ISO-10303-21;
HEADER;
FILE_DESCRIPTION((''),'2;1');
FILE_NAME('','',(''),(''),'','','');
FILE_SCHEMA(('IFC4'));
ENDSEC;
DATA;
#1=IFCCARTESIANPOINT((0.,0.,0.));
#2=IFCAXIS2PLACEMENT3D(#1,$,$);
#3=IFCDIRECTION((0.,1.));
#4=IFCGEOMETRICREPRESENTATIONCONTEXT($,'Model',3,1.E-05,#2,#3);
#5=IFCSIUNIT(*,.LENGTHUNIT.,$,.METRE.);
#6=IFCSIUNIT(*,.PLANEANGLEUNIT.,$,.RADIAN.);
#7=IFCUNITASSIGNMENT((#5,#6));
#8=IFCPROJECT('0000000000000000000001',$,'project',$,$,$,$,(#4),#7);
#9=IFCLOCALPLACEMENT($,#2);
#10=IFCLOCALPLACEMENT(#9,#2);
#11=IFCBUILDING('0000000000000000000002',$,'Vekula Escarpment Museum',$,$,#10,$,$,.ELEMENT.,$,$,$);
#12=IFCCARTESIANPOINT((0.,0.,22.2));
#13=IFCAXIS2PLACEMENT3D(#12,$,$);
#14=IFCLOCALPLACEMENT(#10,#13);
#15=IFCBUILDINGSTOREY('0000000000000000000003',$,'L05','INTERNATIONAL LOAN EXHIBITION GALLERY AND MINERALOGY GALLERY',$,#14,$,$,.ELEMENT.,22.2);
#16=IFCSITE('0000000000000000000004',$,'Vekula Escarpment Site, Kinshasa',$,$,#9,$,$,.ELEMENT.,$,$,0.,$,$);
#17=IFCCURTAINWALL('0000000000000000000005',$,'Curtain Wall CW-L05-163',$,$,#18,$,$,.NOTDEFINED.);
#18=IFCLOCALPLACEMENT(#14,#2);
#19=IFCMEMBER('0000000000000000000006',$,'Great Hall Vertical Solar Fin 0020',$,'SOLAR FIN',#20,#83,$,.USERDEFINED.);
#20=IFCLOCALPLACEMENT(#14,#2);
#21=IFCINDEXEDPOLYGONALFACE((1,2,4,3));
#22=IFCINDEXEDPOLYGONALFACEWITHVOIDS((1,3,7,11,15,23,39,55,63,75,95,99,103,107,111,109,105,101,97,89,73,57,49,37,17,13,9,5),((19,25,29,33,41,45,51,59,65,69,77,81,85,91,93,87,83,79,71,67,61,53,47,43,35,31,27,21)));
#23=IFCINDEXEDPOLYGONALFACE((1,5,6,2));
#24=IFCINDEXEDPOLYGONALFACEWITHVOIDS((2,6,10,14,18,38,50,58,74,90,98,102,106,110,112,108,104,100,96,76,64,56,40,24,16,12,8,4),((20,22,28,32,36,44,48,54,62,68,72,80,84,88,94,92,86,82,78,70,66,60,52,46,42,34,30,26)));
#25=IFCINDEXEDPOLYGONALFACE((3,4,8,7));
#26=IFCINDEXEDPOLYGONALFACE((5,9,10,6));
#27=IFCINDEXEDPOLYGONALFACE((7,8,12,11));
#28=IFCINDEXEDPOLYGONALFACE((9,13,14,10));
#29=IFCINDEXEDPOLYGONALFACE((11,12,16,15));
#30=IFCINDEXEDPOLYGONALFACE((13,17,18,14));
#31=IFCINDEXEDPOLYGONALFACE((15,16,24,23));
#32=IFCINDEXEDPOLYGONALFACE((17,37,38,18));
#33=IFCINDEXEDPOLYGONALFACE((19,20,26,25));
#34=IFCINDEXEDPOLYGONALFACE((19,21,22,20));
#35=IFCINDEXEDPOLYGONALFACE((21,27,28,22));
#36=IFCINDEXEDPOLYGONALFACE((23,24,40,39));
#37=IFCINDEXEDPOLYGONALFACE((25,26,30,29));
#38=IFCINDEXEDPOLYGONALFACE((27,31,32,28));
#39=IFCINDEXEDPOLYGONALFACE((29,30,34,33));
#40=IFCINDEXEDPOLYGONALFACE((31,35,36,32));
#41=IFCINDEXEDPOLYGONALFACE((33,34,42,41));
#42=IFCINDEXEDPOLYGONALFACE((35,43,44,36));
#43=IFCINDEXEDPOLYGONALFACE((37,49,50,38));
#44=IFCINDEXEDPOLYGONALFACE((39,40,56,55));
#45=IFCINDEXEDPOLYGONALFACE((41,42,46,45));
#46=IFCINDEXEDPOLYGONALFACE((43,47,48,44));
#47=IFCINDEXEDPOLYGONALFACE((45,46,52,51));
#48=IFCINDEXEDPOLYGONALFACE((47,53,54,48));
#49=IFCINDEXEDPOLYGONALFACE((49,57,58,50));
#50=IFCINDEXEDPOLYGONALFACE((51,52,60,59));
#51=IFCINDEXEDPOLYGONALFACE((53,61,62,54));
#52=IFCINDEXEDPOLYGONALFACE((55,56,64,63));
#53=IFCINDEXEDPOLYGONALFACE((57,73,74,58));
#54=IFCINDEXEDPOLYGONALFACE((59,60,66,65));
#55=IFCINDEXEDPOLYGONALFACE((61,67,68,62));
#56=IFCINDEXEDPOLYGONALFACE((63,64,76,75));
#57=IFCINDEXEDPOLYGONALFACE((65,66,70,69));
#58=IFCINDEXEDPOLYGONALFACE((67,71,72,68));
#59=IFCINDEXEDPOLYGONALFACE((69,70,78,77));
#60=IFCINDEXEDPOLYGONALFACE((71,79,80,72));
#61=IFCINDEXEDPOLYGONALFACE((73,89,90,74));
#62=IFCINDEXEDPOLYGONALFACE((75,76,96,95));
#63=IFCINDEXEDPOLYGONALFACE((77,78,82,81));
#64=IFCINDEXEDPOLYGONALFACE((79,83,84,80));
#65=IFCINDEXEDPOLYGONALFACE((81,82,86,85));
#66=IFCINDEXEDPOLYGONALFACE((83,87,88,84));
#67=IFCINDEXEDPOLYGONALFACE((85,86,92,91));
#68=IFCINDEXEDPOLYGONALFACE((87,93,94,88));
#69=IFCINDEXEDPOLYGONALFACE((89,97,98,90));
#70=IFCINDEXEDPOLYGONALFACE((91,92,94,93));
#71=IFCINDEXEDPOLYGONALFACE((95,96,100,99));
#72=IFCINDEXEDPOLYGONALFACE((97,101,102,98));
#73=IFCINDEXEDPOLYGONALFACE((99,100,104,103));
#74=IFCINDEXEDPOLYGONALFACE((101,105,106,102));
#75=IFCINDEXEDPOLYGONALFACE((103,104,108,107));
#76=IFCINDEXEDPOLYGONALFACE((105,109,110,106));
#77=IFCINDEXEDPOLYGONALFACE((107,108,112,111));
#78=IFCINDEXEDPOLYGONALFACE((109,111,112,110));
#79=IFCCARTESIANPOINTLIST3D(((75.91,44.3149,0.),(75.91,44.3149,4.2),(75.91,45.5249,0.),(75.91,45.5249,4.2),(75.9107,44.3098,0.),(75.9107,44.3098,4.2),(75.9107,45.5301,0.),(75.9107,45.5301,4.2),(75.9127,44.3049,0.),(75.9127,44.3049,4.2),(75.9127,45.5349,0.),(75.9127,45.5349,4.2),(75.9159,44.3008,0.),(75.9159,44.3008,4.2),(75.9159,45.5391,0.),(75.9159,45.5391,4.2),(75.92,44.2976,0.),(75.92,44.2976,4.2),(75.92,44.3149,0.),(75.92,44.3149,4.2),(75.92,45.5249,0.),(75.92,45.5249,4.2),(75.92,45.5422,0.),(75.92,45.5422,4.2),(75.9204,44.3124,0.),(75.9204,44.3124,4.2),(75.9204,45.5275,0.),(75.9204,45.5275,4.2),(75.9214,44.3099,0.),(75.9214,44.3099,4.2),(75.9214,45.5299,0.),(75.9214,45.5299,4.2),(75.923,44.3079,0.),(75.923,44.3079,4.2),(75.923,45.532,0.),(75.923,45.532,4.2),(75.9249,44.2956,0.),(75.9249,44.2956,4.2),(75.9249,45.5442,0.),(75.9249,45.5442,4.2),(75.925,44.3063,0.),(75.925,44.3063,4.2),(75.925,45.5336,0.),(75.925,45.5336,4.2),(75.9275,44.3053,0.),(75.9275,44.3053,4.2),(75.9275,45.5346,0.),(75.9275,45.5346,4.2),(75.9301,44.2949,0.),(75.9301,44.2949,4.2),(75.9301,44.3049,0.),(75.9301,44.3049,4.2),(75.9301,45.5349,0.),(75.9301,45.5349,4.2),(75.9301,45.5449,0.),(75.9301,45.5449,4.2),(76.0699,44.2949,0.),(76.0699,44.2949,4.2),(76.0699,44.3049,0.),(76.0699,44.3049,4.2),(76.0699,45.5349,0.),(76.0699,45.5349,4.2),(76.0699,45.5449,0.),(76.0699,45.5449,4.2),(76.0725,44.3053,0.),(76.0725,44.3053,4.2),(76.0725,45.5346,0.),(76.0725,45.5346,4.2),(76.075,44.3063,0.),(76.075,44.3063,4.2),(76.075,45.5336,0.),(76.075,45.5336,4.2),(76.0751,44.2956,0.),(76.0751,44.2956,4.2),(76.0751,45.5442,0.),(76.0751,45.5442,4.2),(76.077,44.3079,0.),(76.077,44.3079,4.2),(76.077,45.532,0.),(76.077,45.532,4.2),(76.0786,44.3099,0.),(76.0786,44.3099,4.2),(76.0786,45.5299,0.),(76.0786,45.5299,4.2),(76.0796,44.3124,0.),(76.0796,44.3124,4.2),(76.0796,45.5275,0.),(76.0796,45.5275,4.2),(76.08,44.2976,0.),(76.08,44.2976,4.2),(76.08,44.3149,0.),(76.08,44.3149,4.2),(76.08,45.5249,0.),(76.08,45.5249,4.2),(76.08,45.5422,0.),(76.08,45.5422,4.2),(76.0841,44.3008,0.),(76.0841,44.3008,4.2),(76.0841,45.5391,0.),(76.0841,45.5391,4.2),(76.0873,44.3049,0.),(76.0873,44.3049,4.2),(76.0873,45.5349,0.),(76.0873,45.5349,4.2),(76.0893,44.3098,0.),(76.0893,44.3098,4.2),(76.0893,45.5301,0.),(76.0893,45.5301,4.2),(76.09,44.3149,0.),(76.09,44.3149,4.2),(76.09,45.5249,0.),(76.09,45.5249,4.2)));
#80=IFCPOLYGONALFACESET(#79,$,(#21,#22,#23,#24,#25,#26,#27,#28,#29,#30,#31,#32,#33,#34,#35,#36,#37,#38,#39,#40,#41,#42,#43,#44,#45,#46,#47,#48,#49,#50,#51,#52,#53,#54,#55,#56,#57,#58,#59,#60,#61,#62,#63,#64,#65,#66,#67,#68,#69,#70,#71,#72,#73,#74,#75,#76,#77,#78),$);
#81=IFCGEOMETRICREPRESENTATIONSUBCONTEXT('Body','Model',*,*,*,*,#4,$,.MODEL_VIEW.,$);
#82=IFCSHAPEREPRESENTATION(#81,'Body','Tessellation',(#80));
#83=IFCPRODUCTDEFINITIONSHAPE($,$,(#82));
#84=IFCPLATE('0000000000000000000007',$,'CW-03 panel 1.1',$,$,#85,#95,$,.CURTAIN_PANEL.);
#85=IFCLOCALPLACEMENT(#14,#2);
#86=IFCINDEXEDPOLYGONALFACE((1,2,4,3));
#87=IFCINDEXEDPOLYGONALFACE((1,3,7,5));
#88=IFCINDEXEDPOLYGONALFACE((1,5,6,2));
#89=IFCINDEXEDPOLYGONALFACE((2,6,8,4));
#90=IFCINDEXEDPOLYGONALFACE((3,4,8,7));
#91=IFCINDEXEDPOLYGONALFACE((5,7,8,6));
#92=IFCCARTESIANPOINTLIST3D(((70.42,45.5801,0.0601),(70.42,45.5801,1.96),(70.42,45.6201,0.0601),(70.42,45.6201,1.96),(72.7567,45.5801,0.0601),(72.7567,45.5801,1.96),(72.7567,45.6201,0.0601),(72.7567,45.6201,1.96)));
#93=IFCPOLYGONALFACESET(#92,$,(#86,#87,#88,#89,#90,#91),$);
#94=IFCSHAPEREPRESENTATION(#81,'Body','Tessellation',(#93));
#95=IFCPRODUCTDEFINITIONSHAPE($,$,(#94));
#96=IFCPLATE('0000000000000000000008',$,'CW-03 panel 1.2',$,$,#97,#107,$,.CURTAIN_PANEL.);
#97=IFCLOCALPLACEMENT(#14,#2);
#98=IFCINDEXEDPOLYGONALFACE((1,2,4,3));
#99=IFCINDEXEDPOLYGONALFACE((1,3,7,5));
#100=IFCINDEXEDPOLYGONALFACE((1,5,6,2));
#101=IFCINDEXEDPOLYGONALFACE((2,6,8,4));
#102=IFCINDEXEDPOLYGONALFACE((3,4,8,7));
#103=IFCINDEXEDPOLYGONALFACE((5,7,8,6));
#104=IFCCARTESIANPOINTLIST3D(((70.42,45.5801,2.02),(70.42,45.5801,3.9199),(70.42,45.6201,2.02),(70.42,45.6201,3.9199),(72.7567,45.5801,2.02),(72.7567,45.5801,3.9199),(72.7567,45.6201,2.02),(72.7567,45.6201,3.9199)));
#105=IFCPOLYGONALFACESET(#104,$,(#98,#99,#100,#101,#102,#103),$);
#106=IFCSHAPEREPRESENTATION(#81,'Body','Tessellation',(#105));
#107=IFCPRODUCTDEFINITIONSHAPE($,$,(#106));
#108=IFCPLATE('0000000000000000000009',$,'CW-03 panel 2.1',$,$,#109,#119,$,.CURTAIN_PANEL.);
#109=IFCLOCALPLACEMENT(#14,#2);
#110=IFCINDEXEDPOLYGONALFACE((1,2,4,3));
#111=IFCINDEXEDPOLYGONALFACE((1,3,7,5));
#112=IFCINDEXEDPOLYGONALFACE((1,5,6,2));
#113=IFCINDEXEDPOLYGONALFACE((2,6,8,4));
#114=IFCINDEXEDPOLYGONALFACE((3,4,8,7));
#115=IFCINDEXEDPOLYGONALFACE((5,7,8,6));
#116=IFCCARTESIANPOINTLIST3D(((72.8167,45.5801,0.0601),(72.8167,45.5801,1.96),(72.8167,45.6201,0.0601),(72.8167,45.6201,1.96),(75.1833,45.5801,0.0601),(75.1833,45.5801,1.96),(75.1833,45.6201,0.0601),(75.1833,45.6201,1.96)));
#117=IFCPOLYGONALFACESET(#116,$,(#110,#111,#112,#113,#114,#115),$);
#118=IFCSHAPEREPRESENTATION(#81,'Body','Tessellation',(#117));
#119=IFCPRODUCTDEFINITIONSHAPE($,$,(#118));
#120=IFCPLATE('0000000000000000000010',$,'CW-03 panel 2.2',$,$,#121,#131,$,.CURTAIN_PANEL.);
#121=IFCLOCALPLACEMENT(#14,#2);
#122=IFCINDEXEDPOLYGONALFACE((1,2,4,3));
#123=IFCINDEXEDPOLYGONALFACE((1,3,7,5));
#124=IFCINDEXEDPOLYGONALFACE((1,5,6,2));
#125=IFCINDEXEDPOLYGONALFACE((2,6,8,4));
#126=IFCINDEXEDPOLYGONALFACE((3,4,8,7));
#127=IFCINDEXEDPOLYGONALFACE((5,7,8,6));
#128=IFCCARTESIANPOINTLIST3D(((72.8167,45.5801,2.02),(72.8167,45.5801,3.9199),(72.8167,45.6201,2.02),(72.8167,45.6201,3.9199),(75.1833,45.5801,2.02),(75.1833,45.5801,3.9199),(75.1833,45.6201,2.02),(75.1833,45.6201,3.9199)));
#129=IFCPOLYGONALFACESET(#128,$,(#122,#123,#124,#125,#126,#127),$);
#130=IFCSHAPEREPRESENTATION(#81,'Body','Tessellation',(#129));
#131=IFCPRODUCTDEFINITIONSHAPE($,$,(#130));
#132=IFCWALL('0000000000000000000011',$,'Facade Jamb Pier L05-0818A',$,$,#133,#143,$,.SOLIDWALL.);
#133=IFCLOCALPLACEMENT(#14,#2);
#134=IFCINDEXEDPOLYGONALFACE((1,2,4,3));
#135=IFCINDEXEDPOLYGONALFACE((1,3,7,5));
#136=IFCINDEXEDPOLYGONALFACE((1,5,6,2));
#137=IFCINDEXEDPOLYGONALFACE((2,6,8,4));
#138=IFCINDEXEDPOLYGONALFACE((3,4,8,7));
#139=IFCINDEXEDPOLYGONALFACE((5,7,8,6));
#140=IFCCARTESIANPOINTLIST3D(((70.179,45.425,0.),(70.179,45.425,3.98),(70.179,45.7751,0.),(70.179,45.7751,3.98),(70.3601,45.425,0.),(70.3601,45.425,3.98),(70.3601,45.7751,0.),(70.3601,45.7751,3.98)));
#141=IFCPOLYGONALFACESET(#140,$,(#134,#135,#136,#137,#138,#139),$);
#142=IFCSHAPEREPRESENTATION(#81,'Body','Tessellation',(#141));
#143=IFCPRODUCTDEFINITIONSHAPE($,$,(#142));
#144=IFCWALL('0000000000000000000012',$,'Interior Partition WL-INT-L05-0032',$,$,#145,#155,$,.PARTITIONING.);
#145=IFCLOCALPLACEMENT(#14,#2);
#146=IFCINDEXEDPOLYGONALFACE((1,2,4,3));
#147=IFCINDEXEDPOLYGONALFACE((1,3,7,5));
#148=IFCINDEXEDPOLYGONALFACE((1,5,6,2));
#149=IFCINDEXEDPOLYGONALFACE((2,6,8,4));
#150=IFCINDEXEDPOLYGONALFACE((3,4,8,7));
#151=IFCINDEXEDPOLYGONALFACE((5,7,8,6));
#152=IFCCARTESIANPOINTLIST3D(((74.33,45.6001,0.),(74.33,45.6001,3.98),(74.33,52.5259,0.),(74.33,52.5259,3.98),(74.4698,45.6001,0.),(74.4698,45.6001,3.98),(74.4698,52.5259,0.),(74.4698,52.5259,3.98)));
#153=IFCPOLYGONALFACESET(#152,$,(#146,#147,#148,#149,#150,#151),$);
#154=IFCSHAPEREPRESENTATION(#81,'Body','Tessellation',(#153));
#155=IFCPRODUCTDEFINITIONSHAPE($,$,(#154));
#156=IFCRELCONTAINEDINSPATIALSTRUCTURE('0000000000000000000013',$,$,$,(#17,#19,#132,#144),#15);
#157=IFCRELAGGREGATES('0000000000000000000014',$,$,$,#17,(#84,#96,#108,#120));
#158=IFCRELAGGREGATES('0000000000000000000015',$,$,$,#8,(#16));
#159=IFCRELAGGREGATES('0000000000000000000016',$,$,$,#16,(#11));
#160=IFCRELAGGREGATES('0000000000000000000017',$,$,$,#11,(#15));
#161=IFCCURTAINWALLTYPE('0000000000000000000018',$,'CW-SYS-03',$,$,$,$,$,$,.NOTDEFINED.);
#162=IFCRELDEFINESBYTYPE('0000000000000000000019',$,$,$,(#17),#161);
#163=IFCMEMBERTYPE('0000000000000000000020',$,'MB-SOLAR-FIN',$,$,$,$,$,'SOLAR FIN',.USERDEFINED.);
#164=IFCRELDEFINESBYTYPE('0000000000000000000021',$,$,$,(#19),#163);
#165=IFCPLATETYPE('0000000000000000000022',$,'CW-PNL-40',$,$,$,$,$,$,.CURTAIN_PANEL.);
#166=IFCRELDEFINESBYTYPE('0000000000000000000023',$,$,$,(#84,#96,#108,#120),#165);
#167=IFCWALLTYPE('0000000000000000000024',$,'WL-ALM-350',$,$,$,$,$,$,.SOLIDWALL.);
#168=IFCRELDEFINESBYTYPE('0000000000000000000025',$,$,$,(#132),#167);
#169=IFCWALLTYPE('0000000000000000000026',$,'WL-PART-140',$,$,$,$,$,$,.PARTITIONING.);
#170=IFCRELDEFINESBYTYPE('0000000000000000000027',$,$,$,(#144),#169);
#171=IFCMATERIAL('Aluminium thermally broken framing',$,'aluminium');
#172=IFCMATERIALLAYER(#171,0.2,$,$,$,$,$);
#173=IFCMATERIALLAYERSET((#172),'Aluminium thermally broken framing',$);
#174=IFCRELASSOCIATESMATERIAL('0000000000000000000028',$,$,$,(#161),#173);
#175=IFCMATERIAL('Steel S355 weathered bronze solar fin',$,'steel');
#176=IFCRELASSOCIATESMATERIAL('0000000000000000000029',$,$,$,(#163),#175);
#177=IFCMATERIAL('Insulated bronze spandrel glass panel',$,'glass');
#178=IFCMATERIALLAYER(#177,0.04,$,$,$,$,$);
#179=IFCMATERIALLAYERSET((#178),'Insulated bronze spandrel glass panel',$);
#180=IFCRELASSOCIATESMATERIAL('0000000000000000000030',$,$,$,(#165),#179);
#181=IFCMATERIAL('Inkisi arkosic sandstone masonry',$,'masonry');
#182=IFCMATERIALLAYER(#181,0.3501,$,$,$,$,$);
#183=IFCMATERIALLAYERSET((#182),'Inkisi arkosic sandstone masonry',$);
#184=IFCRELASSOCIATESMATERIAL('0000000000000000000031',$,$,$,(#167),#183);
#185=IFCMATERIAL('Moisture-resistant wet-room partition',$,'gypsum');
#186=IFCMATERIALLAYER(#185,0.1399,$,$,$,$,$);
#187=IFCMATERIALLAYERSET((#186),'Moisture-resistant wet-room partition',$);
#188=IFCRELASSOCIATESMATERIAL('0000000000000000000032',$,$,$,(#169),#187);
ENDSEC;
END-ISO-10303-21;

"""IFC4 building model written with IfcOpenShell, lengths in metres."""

from ifc_helpers import new_model, si_unit, direction, frame, frame_2d, origin, origin_2d, place, context, subcontext, project, spatial, rectangle, hollow_rectangle, extrude, material, layer, layer_set, material_profile, profile_set, type_object, element, aggregate, save


model = new_model("IFC4")

# Units and contexts
model_context = context("Model", 3, precision=1e-05, world=origin(), true_north=direction((0.0, 1.0)))
body_context = subcontext(model_context, "Body", "Model", "MODEL_VIEW")
ifc_project = project(units=[si_unit("LENGTHUNIT", "METRE"), si_unit("PLANEANGLEUNIT", "RADIAN")], contexts=[model_context])

# Site, building, storey
site_placement = place(None, origin())
site = spatial("IfcSite", under=ifc_project, at=site_placement, Name="Vekula Escarpment Site, Kinshasa", CompositionType="ELEMENT", RefElevation=0.0)
building_placement = place(site_placement, origin())
building = spatial("IfcBuilding", under=site, at=building_placement, Name="Vekula Escarpment Museum", CompositionType="ELEMENT")
storey_placement = place(building_placement, frame((0.0, 0.0, 22.2)))
storey = spatial("IfcBuildingStorey", under=building, at=storey_placement, Name="L05", Description="INTERNATIONAL LOAN EXHIBITION GALLERY AND MINERALOGY GALLERY", CompositionType="ELEMENT", Elevation=22.2)

# Curtain wall
ifc_material_1 = material(Name="Aluminium thermally broken framing", Category="aluminium")
ifc_layer_1 = layer(ifc_material_1, 0.2)
ifc_layer_set_1 = layer_set([ifc_layer_1], Name="Aluminium thermally broken framing")
curtain_wall_type = type_object("IfcCurtainWallType", Name="CW-SYS-03", PredefinedType="NOTDEFINED", material=ifc_layer_set_1)
curtain_wall_placement = place(storey_placement, origin())
curtain_wall = element("IfcCurtainWall", 1, at=curtain_wall_placement, inside=storey, type_object=curtain_wall_type, Name="Curtain Wall CW-L05-163", PredefinedType="NOTDEFINED")

# Member
ifc_material_2 = material(Name="Steel S355 weathered bronze solar fin", Category="steel")
ifc_material_profile_1 = material_profile(ifc_material_2, hollow_rectangle(XDim=0.1799, YDim=1.25, WallThickness=0.01, InnerFilletRadius=0.01, OuterFilletRadius=0.02, at=origin_2d()), Name="RHS 1250x180x10")
ifc_profile_set_1 = profile_set([ifc_material_profile_1], Name="Steel S355 weathered bronze solar fin")
member_type_1 = type_object("IfcMemberType", Name="MB-SOLAR-FIN", ElementType="SOLAR FIN", PredefinedType="USERDEFINED", material=ifc_profile_set_1)
for number, where, z_axis, x_axis, name in (
    (2, (76.0, 44.9199, 0.0), (0.0, 0.0, 1.0), (1.0, 0.0, 0.0), "Great Hall Vertical Solar Fin 0020"),
):
    element("IfcMember", number, at=place(storey_placement, frame(where, z_axis=z_axis, x_axis=x_axis)), inside=storey, type_object=member_type_1, Name=name, ObjectType="SOLAR FIN", PredefinedType="USERDEFINED", context=body_context, shape_type="SweptSolid", body=[
        extrude(hollow_rectangle(XDim=0.1799, YDim=1.25, WallThickness=0.01, InnerFilletRadius=0.01, OuterFilletRadius=0.02, at=origin_2d()), origin(), (0.0, 0.0, 1.0), 4.2),
    ])

# Plates
ifc_material_3 = material(Name="Insulated bronze spandrel glass panel", Category="glass")
ifc_layer_2 = layer(ifc_material_3, 0.04)
ifc_layer_set_2 = layer_set([ifc_layer_2], Name="Insulated bronze spandrel glass panel")
plate_type = type_object("IfcPlateType", Name="CW-PNL-40", PredefinedType="CURTAIN_PANEL", material=ifc_layer_set_2)
plate_1_placement = place(storey_placement, frame((71.5884, 45.6001, 0.0601), z_axis=(0.0, 0.0, 1.0), x_axis=(1.0, 0.0, 0.0)))
plate_1 = element("IfcPlate", 3, at=plate_1_placement, type_object=plate_type, Name="CW-03 panel 1.1", PredefinedType="CURTAIN_PANEL", context=body_context, shape_type="SweptSolid", body=[
    extrude(rectangle(XDim=2.3367, YDim=0.04, at=origin_2d()), origin(), (0.0, 0.0, 1.0), 1.8999),
])
plate_2_placement = place(storey_placement, frame((71.5884, 45.6001, 2.02), z_axis=(0.0, 0.0, 1.0), x_axis=(1.0, 0.0, 0.0)))
plate_2 = element("IfcPlate", 4, at=plate_2_placement, type_object=plate_type, Name="CW-03 panel 1.2", PredefinedType="CURTAIN_PANEL", context=body_context, shape_type="SweptSolid", body=[
    extrude(rectangle(XDim=2.3367, YDim=0.04, at=origin_2d()), origin(), (0.0, 0.0, 1.0), 1.8999),
])
plate_3_placement = place(storey_placement, frame((74.0, 45.6001, 0.0601), z_axis=(0.0, 0.0, 1.0), x_axis=(1.0, 0.0, 0.0)))
plate_3 = element("IfcPlate", 5, at=plate_3_placement, type_object=plate_type, Name="CW-03 panel 2.1", PredefinedType="CURTAIN_PANEL", context=body_context, shape_type="SweptSolid", body=[
    extrude(rectangle(XDim=2.3667, YDim=0.04, at=origin_2d()), origin(), (0.0, 0.0, 1.0), 1.8999),
])
plate_4_placement = place(storey_placement, frame((74.0, 45.6001, 2.02), z_axis=(0.0, 0.0, 1.0), x_axis=(1.0, 0.0, 0.0)))
plate_4 = element("IfcPlate", 6, at=plate_4_placement, type_object=plate_type, Name="CW-03 panel 2.2", PredefinedType="CURTAIN_PANEL", context=body_context, shape_type="SweptSolid", body=[
    extrude(rectangle(XDim=2.3667, YDim=0.04, at=origin_2d()), origin(), (0.0, 0.0, 1.0), 1.8999),
])
aggregate(curtain_wall, [plate_1, plate_2, plate_3, plate_4])

# Walls
ifc_material_4 = material(Name="Inkisi arkosic sandstone masonry", Category="masonry")
ifc_layer_3 = layer(ifc_material_4, 0.3501)
ifc_layer_set_3 = layer_set([ifc_layer_3], Name="Inkisi arkosic sandstone masonry")
wall_type_1 = type_object("IfcWallType", Name="WL-ALM-350", PredefinedType="SOLIDWALL", material=ifc_layer_set_3)
wall_1_placement = place(storey_placement, frame((70.179, 45.6001, 0.0), z_axis=(0.0, 0.0, 1.0), x_axis=(1.0, 0.0, 0.0)))
element("IfcWall", 7, at=wall_1_placement, inside=storey, type_object=wall_type_1, Name="Facade Jamb Pier L05-0818A", PredefinedType="SOLIDWALL", context=body_context, shape_type="SweptSolid", body=[
    extrude(rectangle(XDim=0.1812, YDim=0.3501, at=frame_2d((0.0906, 0.0))), origin(), (0.0, 0.0, 1.0), 3.98),
])
ifc_material_5 = material(Name="Moisture-resistant wet-room partition", Category="gypsum")
ifc_layer_4 = layer(ifc_material_5, 0.1399)
ifc_layer_set_4 = layer_set([ifc_layer_4], Name="Moisture-resistant wet-room partition")
wall_type_2 = type_object("IfcWallType", Name="WL-PART-140", PredefinedType="PARTITIONING", material=ifc_layer_set_4)
wall_2_placement = place(storey_placement, frame((74.3999, 45.6001, 0.0), z_axis=(0.0, 0.0, 1.0), x_axis=(0.0, 1.0, 0.0)))
element("IfcWall", 8, at=wall_2_placement, inside=storey, type_object=wall_type_2, Name="Interior Partition WL-INT-L05-0032", PredefinedType="PARTITIONING", context=body_context, shape_type="SweptSolid", body=[
    extrude(rectangle(XDim=6.9258, YDim=0.1399, at=frame_2d((3.4629, 0.0))), origin(), (0.0, 0.0, 1.0), 3.98),
])

save(model, "model.ifc")
